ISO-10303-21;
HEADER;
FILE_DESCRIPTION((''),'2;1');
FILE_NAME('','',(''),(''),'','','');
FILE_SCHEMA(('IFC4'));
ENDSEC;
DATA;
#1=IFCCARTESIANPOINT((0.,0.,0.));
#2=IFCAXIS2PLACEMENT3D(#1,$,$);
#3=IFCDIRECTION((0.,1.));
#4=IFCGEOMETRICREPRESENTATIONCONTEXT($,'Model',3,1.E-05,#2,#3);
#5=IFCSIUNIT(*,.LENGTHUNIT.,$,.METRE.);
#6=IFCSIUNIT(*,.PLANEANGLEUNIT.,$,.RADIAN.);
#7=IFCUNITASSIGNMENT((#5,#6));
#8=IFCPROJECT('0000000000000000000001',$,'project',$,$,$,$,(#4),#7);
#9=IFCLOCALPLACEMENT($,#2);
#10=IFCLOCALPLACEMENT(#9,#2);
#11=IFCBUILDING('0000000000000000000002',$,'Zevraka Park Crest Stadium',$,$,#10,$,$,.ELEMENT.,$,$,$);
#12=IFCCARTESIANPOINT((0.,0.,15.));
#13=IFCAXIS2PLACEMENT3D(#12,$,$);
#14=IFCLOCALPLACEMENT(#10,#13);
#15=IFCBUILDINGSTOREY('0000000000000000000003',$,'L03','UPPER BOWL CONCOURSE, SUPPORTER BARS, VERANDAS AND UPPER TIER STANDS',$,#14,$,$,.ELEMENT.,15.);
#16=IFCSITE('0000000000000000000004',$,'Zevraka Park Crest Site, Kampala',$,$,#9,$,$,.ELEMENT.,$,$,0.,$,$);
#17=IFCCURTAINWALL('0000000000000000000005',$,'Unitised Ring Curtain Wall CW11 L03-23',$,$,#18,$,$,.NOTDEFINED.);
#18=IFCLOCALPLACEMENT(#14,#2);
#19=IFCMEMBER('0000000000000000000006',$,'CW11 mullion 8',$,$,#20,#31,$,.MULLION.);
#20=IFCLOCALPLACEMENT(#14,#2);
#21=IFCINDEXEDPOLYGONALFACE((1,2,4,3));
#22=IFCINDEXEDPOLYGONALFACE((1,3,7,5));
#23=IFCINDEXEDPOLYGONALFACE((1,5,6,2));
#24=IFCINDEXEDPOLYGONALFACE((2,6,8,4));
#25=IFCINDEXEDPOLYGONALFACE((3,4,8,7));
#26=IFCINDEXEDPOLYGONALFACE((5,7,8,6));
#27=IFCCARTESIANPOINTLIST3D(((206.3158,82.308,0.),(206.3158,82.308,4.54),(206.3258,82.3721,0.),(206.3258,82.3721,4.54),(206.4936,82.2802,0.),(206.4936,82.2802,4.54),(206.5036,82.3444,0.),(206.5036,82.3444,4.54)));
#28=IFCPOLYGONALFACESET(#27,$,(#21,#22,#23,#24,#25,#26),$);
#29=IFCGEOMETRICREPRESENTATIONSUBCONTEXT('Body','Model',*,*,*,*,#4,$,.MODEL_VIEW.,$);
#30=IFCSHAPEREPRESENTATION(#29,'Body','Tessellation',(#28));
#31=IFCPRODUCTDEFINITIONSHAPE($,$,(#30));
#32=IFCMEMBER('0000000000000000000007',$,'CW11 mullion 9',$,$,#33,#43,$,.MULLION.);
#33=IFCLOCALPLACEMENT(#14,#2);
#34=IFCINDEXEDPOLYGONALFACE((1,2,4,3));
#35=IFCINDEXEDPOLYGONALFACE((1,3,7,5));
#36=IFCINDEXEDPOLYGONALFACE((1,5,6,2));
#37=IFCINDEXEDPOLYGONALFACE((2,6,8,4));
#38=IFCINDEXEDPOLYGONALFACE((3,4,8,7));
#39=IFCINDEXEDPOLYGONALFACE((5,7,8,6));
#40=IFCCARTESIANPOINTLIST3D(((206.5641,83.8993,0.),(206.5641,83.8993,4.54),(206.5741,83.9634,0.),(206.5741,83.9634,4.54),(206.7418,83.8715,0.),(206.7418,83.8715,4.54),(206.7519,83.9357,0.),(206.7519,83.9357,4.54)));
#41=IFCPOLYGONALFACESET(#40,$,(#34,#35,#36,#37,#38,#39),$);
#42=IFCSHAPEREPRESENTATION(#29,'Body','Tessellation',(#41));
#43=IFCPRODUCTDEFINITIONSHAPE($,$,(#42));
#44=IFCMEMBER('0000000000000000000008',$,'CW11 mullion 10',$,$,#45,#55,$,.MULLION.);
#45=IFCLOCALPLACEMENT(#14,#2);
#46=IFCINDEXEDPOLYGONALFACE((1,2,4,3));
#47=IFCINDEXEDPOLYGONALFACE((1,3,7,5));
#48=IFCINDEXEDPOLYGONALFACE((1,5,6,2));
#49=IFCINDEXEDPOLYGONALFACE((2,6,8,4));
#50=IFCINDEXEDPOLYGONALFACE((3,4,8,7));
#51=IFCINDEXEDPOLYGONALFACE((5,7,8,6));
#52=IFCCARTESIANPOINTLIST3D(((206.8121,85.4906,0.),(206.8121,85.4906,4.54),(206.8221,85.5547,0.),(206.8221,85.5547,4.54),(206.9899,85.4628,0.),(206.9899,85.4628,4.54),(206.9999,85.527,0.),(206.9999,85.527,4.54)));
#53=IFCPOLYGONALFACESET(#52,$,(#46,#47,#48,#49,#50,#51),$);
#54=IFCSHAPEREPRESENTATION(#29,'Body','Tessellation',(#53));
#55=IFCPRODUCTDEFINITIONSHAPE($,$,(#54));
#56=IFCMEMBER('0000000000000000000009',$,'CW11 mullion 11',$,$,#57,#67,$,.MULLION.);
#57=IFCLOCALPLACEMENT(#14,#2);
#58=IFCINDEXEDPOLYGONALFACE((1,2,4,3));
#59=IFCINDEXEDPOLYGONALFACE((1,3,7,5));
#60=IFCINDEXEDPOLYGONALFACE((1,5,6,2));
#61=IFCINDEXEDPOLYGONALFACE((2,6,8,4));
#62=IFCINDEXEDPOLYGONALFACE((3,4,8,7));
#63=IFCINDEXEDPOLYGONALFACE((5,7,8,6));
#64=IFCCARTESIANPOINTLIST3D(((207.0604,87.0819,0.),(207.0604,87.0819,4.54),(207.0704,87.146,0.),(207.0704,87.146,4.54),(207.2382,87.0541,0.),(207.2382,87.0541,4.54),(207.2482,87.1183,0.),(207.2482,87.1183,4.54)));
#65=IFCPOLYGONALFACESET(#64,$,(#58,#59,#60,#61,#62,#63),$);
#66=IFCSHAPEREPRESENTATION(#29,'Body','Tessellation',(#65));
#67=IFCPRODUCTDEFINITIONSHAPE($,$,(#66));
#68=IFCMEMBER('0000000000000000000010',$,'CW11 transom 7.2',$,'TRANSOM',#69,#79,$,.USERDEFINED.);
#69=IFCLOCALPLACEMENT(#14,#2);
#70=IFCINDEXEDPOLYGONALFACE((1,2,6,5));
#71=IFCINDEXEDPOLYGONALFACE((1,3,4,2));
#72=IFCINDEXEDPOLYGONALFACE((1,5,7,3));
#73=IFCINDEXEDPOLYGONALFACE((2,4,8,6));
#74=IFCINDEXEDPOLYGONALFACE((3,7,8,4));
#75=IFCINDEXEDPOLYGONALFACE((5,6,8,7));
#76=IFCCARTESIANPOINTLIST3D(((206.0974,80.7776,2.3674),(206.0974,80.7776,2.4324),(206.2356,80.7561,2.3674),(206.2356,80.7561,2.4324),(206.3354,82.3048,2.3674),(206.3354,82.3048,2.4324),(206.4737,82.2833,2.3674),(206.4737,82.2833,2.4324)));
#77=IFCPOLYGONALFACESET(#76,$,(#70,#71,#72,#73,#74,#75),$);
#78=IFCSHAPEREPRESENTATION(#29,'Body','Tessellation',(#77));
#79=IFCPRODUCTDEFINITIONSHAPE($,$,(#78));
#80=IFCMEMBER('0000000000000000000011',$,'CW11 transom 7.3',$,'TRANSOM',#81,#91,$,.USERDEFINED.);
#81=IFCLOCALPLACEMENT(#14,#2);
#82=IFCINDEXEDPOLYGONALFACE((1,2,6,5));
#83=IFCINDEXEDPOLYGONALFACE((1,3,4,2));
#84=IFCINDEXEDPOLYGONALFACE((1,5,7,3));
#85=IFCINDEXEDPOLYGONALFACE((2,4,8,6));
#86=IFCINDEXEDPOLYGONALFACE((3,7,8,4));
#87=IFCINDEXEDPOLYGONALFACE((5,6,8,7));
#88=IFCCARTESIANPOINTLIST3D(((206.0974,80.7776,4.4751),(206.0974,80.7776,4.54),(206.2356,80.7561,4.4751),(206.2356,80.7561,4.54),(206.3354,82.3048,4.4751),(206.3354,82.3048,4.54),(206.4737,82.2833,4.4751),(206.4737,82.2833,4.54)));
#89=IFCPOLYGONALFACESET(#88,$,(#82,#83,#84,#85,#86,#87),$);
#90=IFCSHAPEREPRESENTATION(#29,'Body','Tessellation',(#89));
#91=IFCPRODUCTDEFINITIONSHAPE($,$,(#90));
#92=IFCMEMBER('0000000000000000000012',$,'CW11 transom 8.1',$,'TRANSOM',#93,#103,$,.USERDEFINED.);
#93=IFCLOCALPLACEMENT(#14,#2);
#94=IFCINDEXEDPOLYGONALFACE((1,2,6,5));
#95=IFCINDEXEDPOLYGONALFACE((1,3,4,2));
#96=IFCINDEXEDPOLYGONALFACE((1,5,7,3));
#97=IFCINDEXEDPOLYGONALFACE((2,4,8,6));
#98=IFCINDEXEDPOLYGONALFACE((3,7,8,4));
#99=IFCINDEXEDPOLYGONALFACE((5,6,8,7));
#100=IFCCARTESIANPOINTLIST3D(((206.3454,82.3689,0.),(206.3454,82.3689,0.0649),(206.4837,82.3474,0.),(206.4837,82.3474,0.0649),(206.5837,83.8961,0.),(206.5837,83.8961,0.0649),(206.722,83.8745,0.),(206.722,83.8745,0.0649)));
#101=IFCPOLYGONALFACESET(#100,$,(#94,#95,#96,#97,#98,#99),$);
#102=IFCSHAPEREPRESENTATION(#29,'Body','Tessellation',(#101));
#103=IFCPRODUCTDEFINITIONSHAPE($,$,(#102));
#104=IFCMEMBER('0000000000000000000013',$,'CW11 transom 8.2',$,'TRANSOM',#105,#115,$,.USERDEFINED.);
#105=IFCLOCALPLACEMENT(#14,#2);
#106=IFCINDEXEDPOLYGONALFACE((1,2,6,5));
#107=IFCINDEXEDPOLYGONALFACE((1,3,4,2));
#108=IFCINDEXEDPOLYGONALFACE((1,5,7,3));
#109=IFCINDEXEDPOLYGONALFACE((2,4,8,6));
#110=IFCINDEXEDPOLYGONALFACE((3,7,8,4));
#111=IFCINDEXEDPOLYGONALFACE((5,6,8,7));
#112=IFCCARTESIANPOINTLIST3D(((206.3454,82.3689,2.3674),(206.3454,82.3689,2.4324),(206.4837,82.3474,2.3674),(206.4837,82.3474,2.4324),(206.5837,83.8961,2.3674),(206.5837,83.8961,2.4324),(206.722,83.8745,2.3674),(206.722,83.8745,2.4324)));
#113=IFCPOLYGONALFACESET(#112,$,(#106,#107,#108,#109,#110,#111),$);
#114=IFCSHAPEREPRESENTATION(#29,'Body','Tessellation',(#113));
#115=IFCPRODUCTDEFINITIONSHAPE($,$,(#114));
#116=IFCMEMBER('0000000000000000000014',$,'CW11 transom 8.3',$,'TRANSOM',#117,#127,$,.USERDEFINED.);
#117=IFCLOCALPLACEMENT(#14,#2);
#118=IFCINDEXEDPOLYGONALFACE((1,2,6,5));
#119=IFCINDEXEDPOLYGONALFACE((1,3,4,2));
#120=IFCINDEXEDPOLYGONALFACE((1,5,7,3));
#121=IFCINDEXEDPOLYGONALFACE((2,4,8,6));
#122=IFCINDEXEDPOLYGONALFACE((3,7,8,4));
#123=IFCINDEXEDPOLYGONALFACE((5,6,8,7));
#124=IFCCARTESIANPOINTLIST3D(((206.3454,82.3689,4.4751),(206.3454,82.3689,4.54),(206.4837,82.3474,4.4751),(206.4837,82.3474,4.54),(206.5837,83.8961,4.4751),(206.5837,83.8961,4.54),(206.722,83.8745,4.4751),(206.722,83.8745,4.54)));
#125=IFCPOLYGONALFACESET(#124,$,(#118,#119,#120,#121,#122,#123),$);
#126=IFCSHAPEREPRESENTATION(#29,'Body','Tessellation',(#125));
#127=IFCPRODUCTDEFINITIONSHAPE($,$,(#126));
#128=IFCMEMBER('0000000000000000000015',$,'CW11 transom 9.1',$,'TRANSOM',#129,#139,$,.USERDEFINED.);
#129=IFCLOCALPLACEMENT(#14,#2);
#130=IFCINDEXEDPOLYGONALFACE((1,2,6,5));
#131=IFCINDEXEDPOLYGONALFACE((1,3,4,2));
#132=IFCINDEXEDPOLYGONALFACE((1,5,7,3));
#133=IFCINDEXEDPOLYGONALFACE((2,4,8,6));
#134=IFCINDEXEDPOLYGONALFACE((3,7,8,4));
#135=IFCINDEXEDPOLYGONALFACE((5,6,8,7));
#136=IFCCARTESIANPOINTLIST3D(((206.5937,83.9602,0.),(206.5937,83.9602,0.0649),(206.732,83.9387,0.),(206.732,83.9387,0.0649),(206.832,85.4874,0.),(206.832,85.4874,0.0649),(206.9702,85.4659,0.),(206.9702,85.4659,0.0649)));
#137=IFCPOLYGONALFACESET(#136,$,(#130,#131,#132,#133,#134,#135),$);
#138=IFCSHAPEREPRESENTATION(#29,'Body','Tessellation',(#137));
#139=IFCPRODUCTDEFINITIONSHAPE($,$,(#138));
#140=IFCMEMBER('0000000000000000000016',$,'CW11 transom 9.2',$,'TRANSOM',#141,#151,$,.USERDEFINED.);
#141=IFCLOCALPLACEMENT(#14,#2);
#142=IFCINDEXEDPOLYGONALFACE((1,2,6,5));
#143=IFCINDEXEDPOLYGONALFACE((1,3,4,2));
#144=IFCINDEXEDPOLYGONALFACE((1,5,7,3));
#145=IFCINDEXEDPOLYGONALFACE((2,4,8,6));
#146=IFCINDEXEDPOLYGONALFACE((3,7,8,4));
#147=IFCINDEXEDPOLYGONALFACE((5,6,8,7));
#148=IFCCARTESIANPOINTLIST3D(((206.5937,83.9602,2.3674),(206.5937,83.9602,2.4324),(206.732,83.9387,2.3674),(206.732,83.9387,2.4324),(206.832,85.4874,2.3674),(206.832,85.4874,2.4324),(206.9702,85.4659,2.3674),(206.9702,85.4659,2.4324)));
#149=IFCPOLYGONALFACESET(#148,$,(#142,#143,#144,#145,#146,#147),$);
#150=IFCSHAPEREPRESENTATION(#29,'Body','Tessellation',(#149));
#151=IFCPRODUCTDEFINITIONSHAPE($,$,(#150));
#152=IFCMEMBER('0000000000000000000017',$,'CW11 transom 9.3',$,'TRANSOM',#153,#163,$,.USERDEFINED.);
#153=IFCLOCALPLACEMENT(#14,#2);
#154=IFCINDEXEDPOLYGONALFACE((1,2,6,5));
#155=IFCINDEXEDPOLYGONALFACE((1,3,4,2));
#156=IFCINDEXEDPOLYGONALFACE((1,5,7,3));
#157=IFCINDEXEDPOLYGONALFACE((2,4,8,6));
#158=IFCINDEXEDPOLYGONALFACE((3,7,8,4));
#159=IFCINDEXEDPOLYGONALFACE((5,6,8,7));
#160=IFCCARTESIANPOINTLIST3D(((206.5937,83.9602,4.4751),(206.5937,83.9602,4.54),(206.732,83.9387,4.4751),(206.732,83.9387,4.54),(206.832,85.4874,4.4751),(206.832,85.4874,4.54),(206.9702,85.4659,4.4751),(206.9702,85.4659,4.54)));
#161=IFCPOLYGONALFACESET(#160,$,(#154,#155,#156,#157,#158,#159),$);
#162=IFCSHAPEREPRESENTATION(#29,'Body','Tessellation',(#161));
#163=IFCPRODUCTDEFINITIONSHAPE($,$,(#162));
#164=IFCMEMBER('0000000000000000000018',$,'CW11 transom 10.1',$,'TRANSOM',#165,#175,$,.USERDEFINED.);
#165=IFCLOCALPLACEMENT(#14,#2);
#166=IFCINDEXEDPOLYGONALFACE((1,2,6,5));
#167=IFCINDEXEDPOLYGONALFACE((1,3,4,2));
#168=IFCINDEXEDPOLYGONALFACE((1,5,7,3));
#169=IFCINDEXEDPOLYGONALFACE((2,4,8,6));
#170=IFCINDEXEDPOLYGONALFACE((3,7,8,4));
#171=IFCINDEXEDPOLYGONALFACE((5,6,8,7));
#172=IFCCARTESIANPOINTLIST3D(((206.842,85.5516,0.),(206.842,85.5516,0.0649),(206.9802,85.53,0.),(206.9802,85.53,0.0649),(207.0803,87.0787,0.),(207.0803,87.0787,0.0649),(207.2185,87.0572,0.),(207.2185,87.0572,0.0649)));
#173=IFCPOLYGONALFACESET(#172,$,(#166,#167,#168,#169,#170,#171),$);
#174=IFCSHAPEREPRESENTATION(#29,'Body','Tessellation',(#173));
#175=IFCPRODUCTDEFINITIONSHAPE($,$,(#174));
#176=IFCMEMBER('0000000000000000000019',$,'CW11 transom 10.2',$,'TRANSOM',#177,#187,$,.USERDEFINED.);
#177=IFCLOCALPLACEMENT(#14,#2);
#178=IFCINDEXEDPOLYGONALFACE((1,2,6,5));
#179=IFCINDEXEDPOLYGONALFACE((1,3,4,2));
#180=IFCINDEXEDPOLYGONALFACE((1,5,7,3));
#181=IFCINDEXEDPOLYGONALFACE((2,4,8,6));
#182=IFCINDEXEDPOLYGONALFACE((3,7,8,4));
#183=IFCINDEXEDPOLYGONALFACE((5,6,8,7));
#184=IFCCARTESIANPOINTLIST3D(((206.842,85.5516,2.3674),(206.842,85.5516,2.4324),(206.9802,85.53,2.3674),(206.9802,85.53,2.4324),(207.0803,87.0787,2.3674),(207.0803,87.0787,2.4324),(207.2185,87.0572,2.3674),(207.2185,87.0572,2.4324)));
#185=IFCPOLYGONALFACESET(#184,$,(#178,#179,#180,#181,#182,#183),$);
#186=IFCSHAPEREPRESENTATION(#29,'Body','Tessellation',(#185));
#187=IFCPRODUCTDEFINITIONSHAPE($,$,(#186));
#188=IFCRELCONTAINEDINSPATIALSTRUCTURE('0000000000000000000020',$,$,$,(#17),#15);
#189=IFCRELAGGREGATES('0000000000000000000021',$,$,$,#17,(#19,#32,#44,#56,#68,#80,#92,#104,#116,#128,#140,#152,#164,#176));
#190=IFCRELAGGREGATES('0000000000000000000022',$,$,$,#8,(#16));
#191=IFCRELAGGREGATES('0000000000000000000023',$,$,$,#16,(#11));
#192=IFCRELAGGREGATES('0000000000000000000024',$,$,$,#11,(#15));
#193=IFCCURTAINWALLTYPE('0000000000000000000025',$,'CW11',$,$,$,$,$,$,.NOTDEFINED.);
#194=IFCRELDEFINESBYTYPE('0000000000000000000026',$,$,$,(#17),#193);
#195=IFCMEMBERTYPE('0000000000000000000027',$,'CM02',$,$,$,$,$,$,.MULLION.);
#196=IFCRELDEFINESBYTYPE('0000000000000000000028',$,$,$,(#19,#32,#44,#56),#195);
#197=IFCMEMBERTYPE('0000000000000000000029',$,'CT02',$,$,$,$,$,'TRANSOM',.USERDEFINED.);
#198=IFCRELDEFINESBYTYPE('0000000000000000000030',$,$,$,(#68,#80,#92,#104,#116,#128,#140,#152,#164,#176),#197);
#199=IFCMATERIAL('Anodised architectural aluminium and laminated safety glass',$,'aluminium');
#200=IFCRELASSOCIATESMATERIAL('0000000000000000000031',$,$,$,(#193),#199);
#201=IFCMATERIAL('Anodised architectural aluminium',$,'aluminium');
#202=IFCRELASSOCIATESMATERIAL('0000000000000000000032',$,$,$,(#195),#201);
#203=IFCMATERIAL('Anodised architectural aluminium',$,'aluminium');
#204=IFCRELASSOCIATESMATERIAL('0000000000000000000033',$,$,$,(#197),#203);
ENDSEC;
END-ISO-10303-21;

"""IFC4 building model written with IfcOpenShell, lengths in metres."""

from ifc_helpers import new_model, si_unit, direction, frame, origin, origin_2d, place, context, subcontext, project, spatial, rectangle, extrude, material, material_profile, profile_set, type_object, element, aggregate, save


model = new_model("IFC4")

# Units and contexts
model_context = context("Model", 3, precision=1e-05, world=origin(), true_north=direction((0.0, 1.0)))
body_context = subcontext(model_context, "Body", "Model", "MODEL_VIEW")
ifc_project = project(units=[si_unit("LENGTHUNIT", "METRE"), si_unit("PLANEANGLEUNIT", "RADIAN")], contexts=[model_context])

# Site, building, storey
site_placement = place(None, origin())
site = spatial("IfcSite", under=ifc_project, at=site_placement, Name="Zevraka Park Crest Site, Kampala", CompositionType="ELEMENT", RefElevation=0.0)
building_placement = place(site_placement, origin())
building = spatial("IfcBuilding", under=site, at=building_placement, Name="Zevraka Park Crest Stadium", CompositionType="ELEMENT")
storey_placement = place(building_placement, frame((0.0, 0.0, 15.0)))
storey = spatial("IfcBuildingStorey", under=building, at=storey_placement, Name="L03", Description="UPPER BOWL CONCOURSE, SUPPORTER BARS, VERANDAS AND UPPER TIER STANDS", CompositionType="ELEMENT", Elevation=15.0)

# Curtain wall, members
ifc_material_1 = material(Name="Anodised architectural aluminium and laminated safety glass", Category="aluminium")
curtain_wall_type = type_object("IfcCurtainWallType", Name="CW11", PredefinedType="NOTDEFINED", material=ifc_material_1)
curtain_wall_placement = place(storey_placement, origin())
curtain_wall = element("IfcCurtainWall", 1, at=curtain_wall_placement, inside=storey, type_object=curtain_wall_type, Name="Unitised Ring Curtain Wall CW11 L03-23", PredefinedType="NOTDEFINED")
ifc_material_2 = material(Name="Anodised architectural aluminium", Category="aluminium")
ifc_material_profile_1 = material_profile(ifc_material_2, rectangle(XDim=0.1799, YDim=0.0649, at=origin_2d()), Name="ALU MULLION 180x65")
ifc_profile_set_1 = profile_set([ifc_material_profile_1], Name="Anodised architectural aluminium")
member_type_1 = type_object("IfcMemberType", Name="CM02", PredefinedType="MULLION", material=ifc_profile_set_1)
member_1_placement = place(storey_placement, frame((206.4097, 82.3262, 0.0), z_axis=(0.0, 0.0, 1.0), x_axis=(-0.988051, 0.154128, 0.0)))
member_1 = element("IfcMember", 2, at=member_1_placement, type_object=member_type_1, Name="CW11 mullion 8", PredefinedType="MULLION", context=body_context, shape_type="SweptSolid", body=[
    extrude(rectangle(XDim=0.1799, YDim=0.0649, at=origin_2d()), origin(), (0.0, 0.0, 1.0), 4.54),
])
member_2_placement = place(storey_placement, frame((206.658, 83.9175, 0.0), z_axis=(0.0, 0.0, 1.0), x_axis=(-0.988051, 0.154128, 0.0)))
member_2 = element("IfcMember", 3, at=member_2_placement, type_object=member_type_1, Name="CW11 mullion 9", PredefinedType="MULLION", context=body_context, shape_type="SweptSolid", body=[
    extrude(rectangle(XDim=0.1799, YDim=0.0649, at=origin_2d()), origin(), (0.0, 0.0, 1.0), 4.54),
])
member_3_placement = place(storey_placement, frame((206.906, 85.5088, 0.0), z_axis=(0.0, 0.0, 1.0), x_axis=(-0.988051, 0.154128, 0.0)))
member_3 = element("IfcMember", 4, at=member_3_placement, type_object=member_type_1, Name="CW11 mullion 10", PredefinedType="MULLION", context=body_context, shape_type="SweptSolid", body=[
    extrude(rectangle(XDim=0.1799, YDim=0.0649, at=origin_2d()), origin(), (0.0, 0.0, 1.0), 4.54),
])
member_4_placement = place(storey_placement, frame((207.1543, 87.1001, 0.0), z_axis=(0.0, 0.0, 1.0), x_axis=(-0.988051, 0.154128, 0.0)))
member_4 = element("IfcMember", 5, at=member_4_placement, type_object=member_type_1, Name="CW11 mullion 11", PredefinedType="MULLION", context=body_context, shape_type="SweptSolid", body=[
    extrude(rectangle(XDim=0.1799, YDim=0.0649, at=origin_2d()), origin(), (0.0, 0.0, 1.0), 4.54),
])
ifc_material_3 = material(Name="Anodised architectural aluminium", Category="aluminium")
ifc_material_profile_2 = material_profile(ifc_material_3, rectangle(XDim=0.1399, YDim=0.0649, at=origin_2d()), Name="ALU TRANSOM 140x65")
ifc_profile_set_2 = profile_set([ifc_material_profile_2], Name="Anodised architectural aluminium")
member_type_2 = type_object("IfcMemberType", Name="CT02", ElementType="TRANSOM", PredefinedType="USERDEFINED", material=ifc_profile_set_2)
member_5_placement = place(storey_placement, frame((206.1665, 80.7668, 2.3999), z_axis=(0.154015, 0.988068, 0.0), x_axis=(-0.988068, 0.154015, 0.0)))
member_5 = element("IfcMember", 6, at=member_5_placement, type_object=member_type_2, Name="CW11 transom 7.2", ObjectType="TRANSOM", PredefinedType="USERDEFINED", context=body_context, shape_type="SweptSolid", body=[
    extrude(rectangle(XDim=0.1399, YDim=0.0649, at=origin_2d()), origin(), (0.0, 0.0, 1.0), 1.5457),
])
member_6_placement = place(storey_placement, frame((206.1665, 80.7668, 4.5076), z_axis=(0.154015, 0.988068, 0.0), x_axis=(-0.988068, 0.154015, 0.0)))
member_6 = element("IfcMember", 7, at=member_6_placement, type_object=member_type_2, Name="CW11 transom 7.3", ObjectType="TRANSOM", PredefinedType="USERDEFINED", context=body_context, shape_type="SweptSolid", body=[
    extrude(rectangle(XDim=0.1399, YDim=0.0649, at=origin_2d()), origin(), (0.0, 0.0, 1.0), 1.5457),
])
member_7_placement = place(storey_placement, frame((206.4146, 82.3582, 0.0325), z_axis=(0.15417, 0.988044, 0.0), x_axis=(-0.988044, 0.15417, 0.0)))
member_7 = element("IfcMember", 8, at=member_7_placement, type_object=member_type_2, Name="CW11 transom 8.1", ObjectType="TRANSOM", PredefinedType="USERDEFINED", context=body_context, shape_type="SweptSolid", body=[
    extrude(rectangle(XDim=0.1399, YDim=0.0649, at=origin_2d()), origin(), (0.0, 0.0, 1.0), 1.5457),
])
member_8_placement = place(storey_placement, frame((206.4146, 82.3582, 2.3999), z_axis=(0.15417, 0.988044, 0.0), x_axis=(-0.988044, 0.15417, 0.0)))
member_8 = element("IfcMember", 9, at=member_8_placement, type_object=member_type_2, Name="CW11 transom 8.2", ObjectType="TRANSOM", PredefinedType="USERDEFINED", context=body_context, shape_type="SweptSolid", body=[
    extrude(rectangle(XDim=0.1399, YDim=0.0649, at=origin_2d()), origin(), (0.0, 0.0, 1.0), 1.5457),
])
member_9_placement = place(storey_placement, frame((206.4146, 82.3582, 4.5076), z_axis=(0.15417, 0.988044, 0.0), x_axis=(-0.988044, 0.15417, 0.0)))
member_9 = element("IfcMember", 10, at=member_9_placement, type_object=member_type_2, Name="CW11 transom 8.3", ObjectType="TRANSOM", PredefinedType="USERDEFINED", context=body_context, shape_type="SweptSolid", body=[
    extrude(rectangle(XDim=0.1399, YDim=0.0649, at=origin_2d()), origin(), (0.0, 0.0, 1.0), 1.5457),
])
member_10_placement = place(storey_placement, frame((206.6628, 83.9495, 0.0325), z_axis=(0.15417, 0.988044, 0.0), x_axis=(-0.988044, 0.15417, 0.0)))
member_10 = element("IfcMember", 11, at=member_10_placement, type_object=member_type_2, Name="CW11 transom 9.1", ObjectType="TRANSOM", PredefinedType="USERDEFINED", context=body_context, shape_type="SweptSolid", body=[
    extrude(rectangle(XDim=0.1399, YDim=0.0649, at=origin_2d()), origin(), (0.0, 0.0, 1.0), 1.5457),
])
member_11_placement = place(storey_placement, frame((206.6628, 83.9495, 2.3999), z_axis=(0.15417, 0.988044, 0.0), x_axis=(-0.988044, 0.15417, 0.0)))
member_11 = element("IfcMember", 12, at=member_11_placement, type_object=member_type_2, Name="CW11 transom 9.2", ObjectType="TRANSOM", PredefinedType="USERDEFINED", context=body_context, shape_type="SweptSolid", body=[
    extrude(rectangle(XDim=0.1399, YDim=0.0649, at=origin_2d()), origin(), (0.0, 0.0, 1.0), 1.5457),
])
member_12_placement = place(storey_placement, frame((206.6628, 83.9495, 4.5076), z_axis=(0.15417, 0.988044, 0.0), x_axis=(-0.988044, 0.15417, 0.0)))
member_12 = element("IfcMember", 13, at=member_12_placement, type_object=member_type_2, Name="CW11 transom 9.3", ObjectType="TRANSOM", PredefinedType="USERDEFINED", context=body_context, shape_type="SweptSolid", body=[
    extrude(rectangle(XDim=0.1399, YDim=0.0649, at=origin_2d()), origin(), (0.0, 0.0, 1.0), 1.5457),
])
member_13_placement = place(storey_placement, frame((206.9111, 85.5408, 0.0325), z_axis=(0.15417, 0.988044, 0.0), x_axis=(-0.988044, 0.15417, 0.0)))
member_13 = element("IfcMember", 14, at=member_13_placement, type_object=member_type_2, Name="CW11 transom 10.1", ObjectType="TRANSOM", PredefinedType="USERDEFINED", context=body_context, shape_type="SweptSolid", body=[
    extrude(rectangle(XDim=0.1399, YDim=0.0649, at=origin_2d()), origin(), (0.0, 0.0, 1.0), 1.5457),
])
member_14_placement = place(storey_placement, frame((206.9111, 85.5408, 2.3999), z_axis=(0.15417, 0.988044, 0.0), x_axis=(-0.988044, 0.15417, 0.0)))
member_14 = element("IfcMember", 15, at=member_14_placement, type_object=member_type_2, Name="CW11 transom 10.2", ObjectType="TRANSOM", PredefinedType="USERDEFINED", context=body_context, shape_type="SweptSolid", body=[
    extrude(rectangle(XDim=0.1399, YDim=0.0649, at=origin_2d()), origin(), (0.0, 0.0, 1.0), 1.5457),
])
aggregate(curtain_wall, [member_1, member_2, member_3, member_4, member_5, member_6, member_7, member_8, member_9, member_10, member_11, member_12, member_13, member_14])

save(model, "model.ifc")
